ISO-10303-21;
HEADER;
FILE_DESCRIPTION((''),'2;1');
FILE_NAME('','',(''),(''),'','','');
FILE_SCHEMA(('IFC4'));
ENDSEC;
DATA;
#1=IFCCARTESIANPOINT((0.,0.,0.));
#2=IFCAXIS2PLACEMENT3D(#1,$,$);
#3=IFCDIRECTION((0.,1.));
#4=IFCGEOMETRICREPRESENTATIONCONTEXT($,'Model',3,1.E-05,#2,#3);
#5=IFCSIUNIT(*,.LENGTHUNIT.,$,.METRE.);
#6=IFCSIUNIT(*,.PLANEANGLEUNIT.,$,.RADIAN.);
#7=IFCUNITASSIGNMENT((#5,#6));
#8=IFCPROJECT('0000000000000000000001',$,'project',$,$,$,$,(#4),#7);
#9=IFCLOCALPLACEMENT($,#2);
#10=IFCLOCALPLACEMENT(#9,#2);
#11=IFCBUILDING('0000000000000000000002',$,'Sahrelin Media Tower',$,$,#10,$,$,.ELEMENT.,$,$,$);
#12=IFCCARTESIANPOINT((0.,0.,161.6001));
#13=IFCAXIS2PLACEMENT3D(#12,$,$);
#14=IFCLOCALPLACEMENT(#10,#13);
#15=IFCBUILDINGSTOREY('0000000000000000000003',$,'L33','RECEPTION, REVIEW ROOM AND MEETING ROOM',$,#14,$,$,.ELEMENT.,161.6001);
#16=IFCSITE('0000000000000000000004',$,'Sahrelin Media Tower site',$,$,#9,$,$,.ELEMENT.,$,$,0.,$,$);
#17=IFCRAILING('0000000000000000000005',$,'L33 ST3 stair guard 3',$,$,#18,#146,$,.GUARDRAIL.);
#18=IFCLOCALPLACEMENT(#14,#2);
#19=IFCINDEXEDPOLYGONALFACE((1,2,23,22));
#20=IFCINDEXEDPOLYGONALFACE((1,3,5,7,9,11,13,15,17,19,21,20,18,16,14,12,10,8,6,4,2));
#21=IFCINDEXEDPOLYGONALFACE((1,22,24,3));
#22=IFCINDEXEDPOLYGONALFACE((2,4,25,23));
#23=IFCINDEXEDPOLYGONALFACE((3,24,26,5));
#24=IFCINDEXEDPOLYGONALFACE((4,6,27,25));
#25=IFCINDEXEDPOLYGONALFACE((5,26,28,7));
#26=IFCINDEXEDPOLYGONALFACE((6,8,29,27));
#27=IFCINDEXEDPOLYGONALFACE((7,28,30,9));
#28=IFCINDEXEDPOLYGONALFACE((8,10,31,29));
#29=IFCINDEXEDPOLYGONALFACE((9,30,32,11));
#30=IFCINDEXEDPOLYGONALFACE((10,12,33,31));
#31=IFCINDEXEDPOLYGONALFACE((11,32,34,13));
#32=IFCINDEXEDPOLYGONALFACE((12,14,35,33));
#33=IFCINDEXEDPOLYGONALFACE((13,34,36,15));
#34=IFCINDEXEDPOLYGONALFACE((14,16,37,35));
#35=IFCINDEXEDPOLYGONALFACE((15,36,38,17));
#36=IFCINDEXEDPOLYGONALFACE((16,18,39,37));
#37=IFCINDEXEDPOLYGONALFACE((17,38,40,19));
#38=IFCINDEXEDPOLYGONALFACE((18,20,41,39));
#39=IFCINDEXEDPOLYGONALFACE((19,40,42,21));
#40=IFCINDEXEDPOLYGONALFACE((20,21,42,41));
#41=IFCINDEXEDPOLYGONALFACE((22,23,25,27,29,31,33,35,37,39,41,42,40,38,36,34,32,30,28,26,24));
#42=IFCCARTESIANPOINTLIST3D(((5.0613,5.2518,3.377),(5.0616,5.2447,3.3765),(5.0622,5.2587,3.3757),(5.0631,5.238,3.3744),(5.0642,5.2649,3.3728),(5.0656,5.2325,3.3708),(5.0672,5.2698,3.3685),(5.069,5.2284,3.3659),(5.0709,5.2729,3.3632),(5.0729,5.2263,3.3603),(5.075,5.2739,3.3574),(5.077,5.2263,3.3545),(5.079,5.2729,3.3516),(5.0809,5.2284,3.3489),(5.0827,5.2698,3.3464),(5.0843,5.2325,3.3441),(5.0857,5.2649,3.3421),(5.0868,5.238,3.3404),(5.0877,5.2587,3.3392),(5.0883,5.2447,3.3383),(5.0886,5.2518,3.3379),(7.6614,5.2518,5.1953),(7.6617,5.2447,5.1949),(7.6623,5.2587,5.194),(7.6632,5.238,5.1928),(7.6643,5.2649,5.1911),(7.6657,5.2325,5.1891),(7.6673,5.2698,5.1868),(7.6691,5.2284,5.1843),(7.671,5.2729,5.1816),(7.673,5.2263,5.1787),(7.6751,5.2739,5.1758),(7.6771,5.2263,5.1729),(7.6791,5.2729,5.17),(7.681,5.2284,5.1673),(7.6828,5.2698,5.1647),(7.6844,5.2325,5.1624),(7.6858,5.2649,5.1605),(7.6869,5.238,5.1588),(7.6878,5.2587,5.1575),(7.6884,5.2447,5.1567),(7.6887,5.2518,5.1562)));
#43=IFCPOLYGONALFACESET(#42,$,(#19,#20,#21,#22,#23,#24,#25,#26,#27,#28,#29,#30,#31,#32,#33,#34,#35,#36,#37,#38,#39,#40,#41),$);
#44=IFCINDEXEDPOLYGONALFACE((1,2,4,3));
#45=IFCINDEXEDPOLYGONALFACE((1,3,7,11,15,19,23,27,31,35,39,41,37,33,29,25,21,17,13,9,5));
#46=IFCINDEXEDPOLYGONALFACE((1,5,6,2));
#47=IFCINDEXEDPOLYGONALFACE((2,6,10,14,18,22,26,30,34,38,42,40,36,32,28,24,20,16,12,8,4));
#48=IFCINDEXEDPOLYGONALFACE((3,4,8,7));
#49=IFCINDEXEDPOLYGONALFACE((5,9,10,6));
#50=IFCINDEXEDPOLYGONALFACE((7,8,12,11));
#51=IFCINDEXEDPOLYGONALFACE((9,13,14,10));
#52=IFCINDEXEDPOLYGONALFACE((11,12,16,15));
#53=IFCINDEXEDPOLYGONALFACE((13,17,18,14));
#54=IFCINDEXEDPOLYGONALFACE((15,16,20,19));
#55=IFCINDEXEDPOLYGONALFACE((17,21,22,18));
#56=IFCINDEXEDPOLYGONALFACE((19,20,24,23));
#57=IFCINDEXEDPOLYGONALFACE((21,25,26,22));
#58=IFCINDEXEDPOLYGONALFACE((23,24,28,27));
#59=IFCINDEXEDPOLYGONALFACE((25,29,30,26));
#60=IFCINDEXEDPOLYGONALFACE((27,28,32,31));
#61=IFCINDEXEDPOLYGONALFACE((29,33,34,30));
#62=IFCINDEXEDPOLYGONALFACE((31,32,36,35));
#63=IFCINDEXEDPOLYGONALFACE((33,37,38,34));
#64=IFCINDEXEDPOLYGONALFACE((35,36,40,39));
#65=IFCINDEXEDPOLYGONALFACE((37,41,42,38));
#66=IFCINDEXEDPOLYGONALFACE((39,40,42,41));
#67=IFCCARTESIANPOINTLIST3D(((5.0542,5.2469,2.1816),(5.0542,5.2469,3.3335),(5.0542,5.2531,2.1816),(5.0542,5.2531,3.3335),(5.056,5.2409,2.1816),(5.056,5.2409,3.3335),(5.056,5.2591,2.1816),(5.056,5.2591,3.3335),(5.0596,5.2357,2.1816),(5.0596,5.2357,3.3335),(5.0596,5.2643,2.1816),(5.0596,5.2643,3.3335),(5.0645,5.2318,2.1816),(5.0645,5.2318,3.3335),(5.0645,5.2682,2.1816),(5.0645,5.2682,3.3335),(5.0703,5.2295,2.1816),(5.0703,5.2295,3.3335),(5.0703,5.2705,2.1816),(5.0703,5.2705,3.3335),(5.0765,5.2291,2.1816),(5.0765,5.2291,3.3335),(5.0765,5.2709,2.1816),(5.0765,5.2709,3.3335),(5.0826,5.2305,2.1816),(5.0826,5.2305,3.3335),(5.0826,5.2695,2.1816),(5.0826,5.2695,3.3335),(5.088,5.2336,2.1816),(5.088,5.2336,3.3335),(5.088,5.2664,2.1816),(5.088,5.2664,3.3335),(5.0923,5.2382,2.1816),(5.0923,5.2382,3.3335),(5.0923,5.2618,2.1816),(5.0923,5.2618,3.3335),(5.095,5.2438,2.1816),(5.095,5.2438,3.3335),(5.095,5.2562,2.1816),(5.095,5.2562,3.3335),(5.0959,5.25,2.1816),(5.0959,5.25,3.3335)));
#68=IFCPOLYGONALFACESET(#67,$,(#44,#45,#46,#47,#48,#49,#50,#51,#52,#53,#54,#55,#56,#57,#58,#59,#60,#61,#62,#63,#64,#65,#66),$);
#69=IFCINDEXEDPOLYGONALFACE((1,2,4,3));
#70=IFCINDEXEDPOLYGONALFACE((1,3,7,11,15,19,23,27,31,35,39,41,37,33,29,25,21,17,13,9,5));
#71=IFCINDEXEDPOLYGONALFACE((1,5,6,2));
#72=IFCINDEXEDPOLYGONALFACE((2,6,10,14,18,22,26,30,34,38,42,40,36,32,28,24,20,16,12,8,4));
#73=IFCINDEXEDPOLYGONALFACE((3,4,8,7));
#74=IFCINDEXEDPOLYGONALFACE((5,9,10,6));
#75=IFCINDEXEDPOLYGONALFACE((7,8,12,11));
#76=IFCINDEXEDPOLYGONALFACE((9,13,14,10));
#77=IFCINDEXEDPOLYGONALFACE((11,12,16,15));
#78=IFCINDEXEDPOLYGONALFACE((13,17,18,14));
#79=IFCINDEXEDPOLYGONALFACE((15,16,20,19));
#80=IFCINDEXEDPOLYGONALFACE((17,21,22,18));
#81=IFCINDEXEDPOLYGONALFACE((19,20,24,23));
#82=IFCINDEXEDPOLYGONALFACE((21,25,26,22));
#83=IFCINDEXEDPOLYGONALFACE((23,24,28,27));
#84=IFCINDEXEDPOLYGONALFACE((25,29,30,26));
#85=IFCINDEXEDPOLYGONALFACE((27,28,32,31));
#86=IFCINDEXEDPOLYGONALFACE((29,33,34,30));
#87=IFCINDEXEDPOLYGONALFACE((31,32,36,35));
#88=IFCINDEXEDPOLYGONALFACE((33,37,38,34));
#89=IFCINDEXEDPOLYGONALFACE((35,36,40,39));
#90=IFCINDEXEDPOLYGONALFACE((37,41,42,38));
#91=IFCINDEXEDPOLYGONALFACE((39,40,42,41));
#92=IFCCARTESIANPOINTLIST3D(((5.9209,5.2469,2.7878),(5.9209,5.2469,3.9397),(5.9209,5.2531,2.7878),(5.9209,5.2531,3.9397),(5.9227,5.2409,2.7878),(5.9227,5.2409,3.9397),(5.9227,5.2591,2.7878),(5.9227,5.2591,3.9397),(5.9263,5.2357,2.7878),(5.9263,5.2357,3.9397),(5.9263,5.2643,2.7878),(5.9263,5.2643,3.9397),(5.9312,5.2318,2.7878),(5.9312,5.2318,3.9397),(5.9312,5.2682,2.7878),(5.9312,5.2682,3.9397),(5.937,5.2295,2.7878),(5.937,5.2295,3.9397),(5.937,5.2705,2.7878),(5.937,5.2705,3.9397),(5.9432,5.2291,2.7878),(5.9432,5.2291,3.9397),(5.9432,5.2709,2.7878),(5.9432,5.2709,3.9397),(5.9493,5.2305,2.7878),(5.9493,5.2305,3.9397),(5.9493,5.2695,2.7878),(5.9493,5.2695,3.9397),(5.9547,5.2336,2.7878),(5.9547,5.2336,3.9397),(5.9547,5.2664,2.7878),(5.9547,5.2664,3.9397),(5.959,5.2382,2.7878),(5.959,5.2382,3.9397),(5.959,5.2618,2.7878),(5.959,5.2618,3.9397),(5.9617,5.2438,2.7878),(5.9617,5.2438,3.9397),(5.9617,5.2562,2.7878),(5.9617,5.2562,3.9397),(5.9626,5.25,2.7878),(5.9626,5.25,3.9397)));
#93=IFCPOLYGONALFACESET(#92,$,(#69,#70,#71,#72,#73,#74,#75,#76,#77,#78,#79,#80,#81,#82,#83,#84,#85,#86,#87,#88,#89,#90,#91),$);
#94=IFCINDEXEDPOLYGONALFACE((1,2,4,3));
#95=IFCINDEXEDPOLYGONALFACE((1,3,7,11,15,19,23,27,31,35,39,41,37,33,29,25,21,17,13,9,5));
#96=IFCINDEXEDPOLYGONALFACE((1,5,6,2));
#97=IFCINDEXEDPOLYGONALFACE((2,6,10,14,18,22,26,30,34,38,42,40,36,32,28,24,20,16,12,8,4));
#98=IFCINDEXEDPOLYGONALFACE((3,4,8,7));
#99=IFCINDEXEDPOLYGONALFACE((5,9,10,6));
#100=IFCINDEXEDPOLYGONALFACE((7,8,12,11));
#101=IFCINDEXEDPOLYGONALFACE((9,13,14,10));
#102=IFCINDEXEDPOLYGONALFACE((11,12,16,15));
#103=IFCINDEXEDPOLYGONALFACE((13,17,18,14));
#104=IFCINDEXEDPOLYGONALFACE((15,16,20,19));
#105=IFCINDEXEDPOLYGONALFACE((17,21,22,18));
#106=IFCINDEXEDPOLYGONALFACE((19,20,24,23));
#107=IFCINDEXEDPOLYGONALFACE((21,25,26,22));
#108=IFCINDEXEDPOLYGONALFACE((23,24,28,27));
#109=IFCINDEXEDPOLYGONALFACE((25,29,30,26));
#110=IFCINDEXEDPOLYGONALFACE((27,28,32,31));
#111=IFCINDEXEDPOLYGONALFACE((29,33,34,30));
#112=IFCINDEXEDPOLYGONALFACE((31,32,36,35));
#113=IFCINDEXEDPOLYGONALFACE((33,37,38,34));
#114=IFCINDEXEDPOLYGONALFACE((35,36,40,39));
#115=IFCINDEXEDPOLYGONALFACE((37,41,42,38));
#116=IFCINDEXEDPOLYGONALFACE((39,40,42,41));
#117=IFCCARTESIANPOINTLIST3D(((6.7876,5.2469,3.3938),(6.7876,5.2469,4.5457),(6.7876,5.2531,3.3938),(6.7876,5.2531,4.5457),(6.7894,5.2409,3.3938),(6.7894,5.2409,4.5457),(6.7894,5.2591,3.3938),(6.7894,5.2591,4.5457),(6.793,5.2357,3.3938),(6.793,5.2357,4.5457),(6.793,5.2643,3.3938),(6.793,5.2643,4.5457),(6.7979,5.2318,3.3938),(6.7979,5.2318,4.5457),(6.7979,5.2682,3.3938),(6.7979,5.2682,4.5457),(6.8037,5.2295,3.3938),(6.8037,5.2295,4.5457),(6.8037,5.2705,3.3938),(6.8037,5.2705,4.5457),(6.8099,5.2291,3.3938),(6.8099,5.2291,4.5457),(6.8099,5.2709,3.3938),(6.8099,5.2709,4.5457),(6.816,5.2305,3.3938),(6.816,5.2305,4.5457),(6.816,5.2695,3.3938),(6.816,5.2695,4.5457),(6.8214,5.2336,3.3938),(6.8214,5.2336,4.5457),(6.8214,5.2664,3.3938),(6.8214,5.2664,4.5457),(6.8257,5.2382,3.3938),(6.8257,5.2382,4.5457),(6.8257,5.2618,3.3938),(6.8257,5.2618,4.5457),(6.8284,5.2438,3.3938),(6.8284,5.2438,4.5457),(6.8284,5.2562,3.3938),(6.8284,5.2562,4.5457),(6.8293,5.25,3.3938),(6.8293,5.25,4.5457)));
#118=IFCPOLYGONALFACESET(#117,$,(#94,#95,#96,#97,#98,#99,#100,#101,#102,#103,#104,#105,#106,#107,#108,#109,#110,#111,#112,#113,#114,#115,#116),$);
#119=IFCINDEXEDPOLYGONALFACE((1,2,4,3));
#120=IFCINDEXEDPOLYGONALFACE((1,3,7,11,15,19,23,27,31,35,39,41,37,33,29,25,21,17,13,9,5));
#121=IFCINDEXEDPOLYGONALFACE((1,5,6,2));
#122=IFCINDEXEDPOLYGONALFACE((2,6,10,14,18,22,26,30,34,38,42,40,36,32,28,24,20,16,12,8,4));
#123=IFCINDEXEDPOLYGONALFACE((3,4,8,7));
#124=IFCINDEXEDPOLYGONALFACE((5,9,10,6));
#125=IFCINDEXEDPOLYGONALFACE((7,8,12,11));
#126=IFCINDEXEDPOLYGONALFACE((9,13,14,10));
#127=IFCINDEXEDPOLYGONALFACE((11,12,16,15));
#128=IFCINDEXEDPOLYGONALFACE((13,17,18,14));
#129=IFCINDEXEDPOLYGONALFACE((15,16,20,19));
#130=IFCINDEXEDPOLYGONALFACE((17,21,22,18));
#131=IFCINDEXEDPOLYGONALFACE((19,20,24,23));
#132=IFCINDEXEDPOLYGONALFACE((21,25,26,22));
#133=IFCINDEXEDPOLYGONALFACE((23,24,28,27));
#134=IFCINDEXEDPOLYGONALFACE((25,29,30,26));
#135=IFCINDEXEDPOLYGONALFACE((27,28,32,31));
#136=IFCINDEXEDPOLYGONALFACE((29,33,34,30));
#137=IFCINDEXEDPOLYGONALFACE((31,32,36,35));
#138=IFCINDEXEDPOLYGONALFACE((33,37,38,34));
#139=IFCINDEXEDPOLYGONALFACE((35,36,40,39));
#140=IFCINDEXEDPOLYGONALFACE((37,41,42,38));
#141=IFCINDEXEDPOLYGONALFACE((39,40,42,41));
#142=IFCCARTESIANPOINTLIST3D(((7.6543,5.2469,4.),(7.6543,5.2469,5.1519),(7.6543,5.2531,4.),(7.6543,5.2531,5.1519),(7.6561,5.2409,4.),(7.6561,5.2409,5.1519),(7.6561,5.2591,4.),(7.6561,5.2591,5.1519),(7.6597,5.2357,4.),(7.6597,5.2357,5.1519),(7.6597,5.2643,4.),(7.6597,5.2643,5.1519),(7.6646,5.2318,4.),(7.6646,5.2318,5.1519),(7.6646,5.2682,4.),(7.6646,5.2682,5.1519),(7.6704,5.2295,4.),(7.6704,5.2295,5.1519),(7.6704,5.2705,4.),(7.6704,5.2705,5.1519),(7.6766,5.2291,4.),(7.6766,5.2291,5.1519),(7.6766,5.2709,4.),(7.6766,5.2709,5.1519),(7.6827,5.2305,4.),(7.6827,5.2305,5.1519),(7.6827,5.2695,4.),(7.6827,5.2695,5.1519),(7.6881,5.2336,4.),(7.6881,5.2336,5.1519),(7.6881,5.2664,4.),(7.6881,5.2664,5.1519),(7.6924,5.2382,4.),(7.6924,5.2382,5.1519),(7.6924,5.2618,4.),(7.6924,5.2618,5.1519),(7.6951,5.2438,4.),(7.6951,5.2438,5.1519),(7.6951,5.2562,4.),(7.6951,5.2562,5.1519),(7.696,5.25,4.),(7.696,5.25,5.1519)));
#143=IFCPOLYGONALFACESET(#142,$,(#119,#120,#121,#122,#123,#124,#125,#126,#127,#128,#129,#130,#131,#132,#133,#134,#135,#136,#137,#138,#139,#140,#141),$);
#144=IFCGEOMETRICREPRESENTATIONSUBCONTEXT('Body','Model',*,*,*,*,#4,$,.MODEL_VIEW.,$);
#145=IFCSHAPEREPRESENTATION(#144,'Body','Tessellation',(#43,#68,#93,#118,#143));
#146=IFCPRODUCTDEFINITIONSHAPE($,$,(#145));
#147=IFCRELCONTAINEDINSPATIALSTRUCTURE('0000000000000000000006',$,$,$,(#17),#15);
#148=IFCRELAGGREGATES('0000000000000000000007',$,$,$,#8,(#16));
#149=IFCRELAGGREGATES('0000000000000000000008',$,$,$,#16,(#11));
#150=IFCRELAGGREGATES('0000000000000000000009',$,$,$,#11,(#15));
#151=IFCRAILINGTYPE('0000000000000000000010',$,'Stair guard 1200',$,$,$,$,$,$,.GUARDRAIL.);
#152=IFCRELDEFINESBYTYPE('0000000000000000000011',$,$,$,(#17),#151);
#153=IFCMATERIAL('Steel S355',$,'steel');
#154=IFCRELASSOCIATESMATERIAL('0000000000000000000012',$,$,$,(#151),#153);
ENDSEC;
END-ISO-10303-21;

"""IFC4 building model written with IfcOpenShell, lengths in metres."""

from ifc_helpers import new_model, si_unit, direction, frame, origin, origin_2d, place, context, subcontext, project, spatial, circle, extrude, material, type_object, element, save


model = new_model("IFC4")

# Units and contexts
model_context = context("Model", 3, precision=1e-05, world=origin(), true_north=direction((0.0, 1.0)))
body_context = subcontext(model_context, "Body", "Model", "MODEL_VIEW")
ifc_project = project(units=[si_unit("LENGTHUNIT", "METRE"), si_unit("PLANEANGLEUNIT", "RADIAN")], contexts=[model_context])

# Site, building, storey
site_placement = place(None, origin())
site = spatial("IfcSite", under=ifc_project, at=site_placement, Name="Sahrelin Media Tower site", CompositionType="ELEMENT", RefElevation=0.0)
building_placement = place(site_placement, origin())
building = spatial("IfcBuilding", under=site, at=building_placement, Name="Sahrelin Media Tower", CompositionType="ELEMENT")
storey_placement = place(building_placement, frame((0.0, 0.0, 161.6001)))
storey = spatial("IfcBuildingStorey", under=building, at=storey_placement, Name="L33", Description="RECEPTION, REVIEW ROOM AND MEETING ROOM", CompositionType="ELEMENT", Elevation=161.6001)

# Shared definitions
ifc_material_1 = material(Name="Steel S355", Category="steel")

# Railing
railing_type_1 = type_object("IfcRailingType", Name="Stair guard 1200", PredefinedType="GUARDRAIL", material=ifc_material_1)
railing_1_placement = place(storey_placement, frame((5.075, 5.25, 2.1816)))
element("IfcRailing", 1, at=railing_1_placement, inside=storey, type_object=railing_type_1, Name="L33 ST3 stair guard 3", PredefinedType="GUARDRAIL", context=body_context, shape_type="SweptSolid", body=[
    extrude(circle(Radius=0.0239, at=origin_2d()), frame((0.0, 0.0, 1.1758), z_axis=(0.819485, 0.0, 0.573101), x_axis=(0.0, 1.0, 0.0)), (0.0, 0.0, 1.0), 3.1729),
    extrude(circle(Radius=0.021, at=origin_2d()), origin(), (0.0, 0.0, 1.0), 1.1519),
    extrude(circle(Radius=0.021, at=origin_2d()), frame((0.8667, 0.0, 0.6062)), (0.0, 0.0, 1.0), 1.1519),
    extrude(circle(Radius=0.021, at=origin_2d()), frame((1.7334, 0.0, 1.2122)), (0.0, 0.0, 1.0), 1.1519),
    extrude(circle(Radius=0.021, at=origin_2d()), frame((2.6001, 0.0, 1.8184)), (0.0, 0.0, 1.0), 1.1519),
])

save(model, "model.ifc")
